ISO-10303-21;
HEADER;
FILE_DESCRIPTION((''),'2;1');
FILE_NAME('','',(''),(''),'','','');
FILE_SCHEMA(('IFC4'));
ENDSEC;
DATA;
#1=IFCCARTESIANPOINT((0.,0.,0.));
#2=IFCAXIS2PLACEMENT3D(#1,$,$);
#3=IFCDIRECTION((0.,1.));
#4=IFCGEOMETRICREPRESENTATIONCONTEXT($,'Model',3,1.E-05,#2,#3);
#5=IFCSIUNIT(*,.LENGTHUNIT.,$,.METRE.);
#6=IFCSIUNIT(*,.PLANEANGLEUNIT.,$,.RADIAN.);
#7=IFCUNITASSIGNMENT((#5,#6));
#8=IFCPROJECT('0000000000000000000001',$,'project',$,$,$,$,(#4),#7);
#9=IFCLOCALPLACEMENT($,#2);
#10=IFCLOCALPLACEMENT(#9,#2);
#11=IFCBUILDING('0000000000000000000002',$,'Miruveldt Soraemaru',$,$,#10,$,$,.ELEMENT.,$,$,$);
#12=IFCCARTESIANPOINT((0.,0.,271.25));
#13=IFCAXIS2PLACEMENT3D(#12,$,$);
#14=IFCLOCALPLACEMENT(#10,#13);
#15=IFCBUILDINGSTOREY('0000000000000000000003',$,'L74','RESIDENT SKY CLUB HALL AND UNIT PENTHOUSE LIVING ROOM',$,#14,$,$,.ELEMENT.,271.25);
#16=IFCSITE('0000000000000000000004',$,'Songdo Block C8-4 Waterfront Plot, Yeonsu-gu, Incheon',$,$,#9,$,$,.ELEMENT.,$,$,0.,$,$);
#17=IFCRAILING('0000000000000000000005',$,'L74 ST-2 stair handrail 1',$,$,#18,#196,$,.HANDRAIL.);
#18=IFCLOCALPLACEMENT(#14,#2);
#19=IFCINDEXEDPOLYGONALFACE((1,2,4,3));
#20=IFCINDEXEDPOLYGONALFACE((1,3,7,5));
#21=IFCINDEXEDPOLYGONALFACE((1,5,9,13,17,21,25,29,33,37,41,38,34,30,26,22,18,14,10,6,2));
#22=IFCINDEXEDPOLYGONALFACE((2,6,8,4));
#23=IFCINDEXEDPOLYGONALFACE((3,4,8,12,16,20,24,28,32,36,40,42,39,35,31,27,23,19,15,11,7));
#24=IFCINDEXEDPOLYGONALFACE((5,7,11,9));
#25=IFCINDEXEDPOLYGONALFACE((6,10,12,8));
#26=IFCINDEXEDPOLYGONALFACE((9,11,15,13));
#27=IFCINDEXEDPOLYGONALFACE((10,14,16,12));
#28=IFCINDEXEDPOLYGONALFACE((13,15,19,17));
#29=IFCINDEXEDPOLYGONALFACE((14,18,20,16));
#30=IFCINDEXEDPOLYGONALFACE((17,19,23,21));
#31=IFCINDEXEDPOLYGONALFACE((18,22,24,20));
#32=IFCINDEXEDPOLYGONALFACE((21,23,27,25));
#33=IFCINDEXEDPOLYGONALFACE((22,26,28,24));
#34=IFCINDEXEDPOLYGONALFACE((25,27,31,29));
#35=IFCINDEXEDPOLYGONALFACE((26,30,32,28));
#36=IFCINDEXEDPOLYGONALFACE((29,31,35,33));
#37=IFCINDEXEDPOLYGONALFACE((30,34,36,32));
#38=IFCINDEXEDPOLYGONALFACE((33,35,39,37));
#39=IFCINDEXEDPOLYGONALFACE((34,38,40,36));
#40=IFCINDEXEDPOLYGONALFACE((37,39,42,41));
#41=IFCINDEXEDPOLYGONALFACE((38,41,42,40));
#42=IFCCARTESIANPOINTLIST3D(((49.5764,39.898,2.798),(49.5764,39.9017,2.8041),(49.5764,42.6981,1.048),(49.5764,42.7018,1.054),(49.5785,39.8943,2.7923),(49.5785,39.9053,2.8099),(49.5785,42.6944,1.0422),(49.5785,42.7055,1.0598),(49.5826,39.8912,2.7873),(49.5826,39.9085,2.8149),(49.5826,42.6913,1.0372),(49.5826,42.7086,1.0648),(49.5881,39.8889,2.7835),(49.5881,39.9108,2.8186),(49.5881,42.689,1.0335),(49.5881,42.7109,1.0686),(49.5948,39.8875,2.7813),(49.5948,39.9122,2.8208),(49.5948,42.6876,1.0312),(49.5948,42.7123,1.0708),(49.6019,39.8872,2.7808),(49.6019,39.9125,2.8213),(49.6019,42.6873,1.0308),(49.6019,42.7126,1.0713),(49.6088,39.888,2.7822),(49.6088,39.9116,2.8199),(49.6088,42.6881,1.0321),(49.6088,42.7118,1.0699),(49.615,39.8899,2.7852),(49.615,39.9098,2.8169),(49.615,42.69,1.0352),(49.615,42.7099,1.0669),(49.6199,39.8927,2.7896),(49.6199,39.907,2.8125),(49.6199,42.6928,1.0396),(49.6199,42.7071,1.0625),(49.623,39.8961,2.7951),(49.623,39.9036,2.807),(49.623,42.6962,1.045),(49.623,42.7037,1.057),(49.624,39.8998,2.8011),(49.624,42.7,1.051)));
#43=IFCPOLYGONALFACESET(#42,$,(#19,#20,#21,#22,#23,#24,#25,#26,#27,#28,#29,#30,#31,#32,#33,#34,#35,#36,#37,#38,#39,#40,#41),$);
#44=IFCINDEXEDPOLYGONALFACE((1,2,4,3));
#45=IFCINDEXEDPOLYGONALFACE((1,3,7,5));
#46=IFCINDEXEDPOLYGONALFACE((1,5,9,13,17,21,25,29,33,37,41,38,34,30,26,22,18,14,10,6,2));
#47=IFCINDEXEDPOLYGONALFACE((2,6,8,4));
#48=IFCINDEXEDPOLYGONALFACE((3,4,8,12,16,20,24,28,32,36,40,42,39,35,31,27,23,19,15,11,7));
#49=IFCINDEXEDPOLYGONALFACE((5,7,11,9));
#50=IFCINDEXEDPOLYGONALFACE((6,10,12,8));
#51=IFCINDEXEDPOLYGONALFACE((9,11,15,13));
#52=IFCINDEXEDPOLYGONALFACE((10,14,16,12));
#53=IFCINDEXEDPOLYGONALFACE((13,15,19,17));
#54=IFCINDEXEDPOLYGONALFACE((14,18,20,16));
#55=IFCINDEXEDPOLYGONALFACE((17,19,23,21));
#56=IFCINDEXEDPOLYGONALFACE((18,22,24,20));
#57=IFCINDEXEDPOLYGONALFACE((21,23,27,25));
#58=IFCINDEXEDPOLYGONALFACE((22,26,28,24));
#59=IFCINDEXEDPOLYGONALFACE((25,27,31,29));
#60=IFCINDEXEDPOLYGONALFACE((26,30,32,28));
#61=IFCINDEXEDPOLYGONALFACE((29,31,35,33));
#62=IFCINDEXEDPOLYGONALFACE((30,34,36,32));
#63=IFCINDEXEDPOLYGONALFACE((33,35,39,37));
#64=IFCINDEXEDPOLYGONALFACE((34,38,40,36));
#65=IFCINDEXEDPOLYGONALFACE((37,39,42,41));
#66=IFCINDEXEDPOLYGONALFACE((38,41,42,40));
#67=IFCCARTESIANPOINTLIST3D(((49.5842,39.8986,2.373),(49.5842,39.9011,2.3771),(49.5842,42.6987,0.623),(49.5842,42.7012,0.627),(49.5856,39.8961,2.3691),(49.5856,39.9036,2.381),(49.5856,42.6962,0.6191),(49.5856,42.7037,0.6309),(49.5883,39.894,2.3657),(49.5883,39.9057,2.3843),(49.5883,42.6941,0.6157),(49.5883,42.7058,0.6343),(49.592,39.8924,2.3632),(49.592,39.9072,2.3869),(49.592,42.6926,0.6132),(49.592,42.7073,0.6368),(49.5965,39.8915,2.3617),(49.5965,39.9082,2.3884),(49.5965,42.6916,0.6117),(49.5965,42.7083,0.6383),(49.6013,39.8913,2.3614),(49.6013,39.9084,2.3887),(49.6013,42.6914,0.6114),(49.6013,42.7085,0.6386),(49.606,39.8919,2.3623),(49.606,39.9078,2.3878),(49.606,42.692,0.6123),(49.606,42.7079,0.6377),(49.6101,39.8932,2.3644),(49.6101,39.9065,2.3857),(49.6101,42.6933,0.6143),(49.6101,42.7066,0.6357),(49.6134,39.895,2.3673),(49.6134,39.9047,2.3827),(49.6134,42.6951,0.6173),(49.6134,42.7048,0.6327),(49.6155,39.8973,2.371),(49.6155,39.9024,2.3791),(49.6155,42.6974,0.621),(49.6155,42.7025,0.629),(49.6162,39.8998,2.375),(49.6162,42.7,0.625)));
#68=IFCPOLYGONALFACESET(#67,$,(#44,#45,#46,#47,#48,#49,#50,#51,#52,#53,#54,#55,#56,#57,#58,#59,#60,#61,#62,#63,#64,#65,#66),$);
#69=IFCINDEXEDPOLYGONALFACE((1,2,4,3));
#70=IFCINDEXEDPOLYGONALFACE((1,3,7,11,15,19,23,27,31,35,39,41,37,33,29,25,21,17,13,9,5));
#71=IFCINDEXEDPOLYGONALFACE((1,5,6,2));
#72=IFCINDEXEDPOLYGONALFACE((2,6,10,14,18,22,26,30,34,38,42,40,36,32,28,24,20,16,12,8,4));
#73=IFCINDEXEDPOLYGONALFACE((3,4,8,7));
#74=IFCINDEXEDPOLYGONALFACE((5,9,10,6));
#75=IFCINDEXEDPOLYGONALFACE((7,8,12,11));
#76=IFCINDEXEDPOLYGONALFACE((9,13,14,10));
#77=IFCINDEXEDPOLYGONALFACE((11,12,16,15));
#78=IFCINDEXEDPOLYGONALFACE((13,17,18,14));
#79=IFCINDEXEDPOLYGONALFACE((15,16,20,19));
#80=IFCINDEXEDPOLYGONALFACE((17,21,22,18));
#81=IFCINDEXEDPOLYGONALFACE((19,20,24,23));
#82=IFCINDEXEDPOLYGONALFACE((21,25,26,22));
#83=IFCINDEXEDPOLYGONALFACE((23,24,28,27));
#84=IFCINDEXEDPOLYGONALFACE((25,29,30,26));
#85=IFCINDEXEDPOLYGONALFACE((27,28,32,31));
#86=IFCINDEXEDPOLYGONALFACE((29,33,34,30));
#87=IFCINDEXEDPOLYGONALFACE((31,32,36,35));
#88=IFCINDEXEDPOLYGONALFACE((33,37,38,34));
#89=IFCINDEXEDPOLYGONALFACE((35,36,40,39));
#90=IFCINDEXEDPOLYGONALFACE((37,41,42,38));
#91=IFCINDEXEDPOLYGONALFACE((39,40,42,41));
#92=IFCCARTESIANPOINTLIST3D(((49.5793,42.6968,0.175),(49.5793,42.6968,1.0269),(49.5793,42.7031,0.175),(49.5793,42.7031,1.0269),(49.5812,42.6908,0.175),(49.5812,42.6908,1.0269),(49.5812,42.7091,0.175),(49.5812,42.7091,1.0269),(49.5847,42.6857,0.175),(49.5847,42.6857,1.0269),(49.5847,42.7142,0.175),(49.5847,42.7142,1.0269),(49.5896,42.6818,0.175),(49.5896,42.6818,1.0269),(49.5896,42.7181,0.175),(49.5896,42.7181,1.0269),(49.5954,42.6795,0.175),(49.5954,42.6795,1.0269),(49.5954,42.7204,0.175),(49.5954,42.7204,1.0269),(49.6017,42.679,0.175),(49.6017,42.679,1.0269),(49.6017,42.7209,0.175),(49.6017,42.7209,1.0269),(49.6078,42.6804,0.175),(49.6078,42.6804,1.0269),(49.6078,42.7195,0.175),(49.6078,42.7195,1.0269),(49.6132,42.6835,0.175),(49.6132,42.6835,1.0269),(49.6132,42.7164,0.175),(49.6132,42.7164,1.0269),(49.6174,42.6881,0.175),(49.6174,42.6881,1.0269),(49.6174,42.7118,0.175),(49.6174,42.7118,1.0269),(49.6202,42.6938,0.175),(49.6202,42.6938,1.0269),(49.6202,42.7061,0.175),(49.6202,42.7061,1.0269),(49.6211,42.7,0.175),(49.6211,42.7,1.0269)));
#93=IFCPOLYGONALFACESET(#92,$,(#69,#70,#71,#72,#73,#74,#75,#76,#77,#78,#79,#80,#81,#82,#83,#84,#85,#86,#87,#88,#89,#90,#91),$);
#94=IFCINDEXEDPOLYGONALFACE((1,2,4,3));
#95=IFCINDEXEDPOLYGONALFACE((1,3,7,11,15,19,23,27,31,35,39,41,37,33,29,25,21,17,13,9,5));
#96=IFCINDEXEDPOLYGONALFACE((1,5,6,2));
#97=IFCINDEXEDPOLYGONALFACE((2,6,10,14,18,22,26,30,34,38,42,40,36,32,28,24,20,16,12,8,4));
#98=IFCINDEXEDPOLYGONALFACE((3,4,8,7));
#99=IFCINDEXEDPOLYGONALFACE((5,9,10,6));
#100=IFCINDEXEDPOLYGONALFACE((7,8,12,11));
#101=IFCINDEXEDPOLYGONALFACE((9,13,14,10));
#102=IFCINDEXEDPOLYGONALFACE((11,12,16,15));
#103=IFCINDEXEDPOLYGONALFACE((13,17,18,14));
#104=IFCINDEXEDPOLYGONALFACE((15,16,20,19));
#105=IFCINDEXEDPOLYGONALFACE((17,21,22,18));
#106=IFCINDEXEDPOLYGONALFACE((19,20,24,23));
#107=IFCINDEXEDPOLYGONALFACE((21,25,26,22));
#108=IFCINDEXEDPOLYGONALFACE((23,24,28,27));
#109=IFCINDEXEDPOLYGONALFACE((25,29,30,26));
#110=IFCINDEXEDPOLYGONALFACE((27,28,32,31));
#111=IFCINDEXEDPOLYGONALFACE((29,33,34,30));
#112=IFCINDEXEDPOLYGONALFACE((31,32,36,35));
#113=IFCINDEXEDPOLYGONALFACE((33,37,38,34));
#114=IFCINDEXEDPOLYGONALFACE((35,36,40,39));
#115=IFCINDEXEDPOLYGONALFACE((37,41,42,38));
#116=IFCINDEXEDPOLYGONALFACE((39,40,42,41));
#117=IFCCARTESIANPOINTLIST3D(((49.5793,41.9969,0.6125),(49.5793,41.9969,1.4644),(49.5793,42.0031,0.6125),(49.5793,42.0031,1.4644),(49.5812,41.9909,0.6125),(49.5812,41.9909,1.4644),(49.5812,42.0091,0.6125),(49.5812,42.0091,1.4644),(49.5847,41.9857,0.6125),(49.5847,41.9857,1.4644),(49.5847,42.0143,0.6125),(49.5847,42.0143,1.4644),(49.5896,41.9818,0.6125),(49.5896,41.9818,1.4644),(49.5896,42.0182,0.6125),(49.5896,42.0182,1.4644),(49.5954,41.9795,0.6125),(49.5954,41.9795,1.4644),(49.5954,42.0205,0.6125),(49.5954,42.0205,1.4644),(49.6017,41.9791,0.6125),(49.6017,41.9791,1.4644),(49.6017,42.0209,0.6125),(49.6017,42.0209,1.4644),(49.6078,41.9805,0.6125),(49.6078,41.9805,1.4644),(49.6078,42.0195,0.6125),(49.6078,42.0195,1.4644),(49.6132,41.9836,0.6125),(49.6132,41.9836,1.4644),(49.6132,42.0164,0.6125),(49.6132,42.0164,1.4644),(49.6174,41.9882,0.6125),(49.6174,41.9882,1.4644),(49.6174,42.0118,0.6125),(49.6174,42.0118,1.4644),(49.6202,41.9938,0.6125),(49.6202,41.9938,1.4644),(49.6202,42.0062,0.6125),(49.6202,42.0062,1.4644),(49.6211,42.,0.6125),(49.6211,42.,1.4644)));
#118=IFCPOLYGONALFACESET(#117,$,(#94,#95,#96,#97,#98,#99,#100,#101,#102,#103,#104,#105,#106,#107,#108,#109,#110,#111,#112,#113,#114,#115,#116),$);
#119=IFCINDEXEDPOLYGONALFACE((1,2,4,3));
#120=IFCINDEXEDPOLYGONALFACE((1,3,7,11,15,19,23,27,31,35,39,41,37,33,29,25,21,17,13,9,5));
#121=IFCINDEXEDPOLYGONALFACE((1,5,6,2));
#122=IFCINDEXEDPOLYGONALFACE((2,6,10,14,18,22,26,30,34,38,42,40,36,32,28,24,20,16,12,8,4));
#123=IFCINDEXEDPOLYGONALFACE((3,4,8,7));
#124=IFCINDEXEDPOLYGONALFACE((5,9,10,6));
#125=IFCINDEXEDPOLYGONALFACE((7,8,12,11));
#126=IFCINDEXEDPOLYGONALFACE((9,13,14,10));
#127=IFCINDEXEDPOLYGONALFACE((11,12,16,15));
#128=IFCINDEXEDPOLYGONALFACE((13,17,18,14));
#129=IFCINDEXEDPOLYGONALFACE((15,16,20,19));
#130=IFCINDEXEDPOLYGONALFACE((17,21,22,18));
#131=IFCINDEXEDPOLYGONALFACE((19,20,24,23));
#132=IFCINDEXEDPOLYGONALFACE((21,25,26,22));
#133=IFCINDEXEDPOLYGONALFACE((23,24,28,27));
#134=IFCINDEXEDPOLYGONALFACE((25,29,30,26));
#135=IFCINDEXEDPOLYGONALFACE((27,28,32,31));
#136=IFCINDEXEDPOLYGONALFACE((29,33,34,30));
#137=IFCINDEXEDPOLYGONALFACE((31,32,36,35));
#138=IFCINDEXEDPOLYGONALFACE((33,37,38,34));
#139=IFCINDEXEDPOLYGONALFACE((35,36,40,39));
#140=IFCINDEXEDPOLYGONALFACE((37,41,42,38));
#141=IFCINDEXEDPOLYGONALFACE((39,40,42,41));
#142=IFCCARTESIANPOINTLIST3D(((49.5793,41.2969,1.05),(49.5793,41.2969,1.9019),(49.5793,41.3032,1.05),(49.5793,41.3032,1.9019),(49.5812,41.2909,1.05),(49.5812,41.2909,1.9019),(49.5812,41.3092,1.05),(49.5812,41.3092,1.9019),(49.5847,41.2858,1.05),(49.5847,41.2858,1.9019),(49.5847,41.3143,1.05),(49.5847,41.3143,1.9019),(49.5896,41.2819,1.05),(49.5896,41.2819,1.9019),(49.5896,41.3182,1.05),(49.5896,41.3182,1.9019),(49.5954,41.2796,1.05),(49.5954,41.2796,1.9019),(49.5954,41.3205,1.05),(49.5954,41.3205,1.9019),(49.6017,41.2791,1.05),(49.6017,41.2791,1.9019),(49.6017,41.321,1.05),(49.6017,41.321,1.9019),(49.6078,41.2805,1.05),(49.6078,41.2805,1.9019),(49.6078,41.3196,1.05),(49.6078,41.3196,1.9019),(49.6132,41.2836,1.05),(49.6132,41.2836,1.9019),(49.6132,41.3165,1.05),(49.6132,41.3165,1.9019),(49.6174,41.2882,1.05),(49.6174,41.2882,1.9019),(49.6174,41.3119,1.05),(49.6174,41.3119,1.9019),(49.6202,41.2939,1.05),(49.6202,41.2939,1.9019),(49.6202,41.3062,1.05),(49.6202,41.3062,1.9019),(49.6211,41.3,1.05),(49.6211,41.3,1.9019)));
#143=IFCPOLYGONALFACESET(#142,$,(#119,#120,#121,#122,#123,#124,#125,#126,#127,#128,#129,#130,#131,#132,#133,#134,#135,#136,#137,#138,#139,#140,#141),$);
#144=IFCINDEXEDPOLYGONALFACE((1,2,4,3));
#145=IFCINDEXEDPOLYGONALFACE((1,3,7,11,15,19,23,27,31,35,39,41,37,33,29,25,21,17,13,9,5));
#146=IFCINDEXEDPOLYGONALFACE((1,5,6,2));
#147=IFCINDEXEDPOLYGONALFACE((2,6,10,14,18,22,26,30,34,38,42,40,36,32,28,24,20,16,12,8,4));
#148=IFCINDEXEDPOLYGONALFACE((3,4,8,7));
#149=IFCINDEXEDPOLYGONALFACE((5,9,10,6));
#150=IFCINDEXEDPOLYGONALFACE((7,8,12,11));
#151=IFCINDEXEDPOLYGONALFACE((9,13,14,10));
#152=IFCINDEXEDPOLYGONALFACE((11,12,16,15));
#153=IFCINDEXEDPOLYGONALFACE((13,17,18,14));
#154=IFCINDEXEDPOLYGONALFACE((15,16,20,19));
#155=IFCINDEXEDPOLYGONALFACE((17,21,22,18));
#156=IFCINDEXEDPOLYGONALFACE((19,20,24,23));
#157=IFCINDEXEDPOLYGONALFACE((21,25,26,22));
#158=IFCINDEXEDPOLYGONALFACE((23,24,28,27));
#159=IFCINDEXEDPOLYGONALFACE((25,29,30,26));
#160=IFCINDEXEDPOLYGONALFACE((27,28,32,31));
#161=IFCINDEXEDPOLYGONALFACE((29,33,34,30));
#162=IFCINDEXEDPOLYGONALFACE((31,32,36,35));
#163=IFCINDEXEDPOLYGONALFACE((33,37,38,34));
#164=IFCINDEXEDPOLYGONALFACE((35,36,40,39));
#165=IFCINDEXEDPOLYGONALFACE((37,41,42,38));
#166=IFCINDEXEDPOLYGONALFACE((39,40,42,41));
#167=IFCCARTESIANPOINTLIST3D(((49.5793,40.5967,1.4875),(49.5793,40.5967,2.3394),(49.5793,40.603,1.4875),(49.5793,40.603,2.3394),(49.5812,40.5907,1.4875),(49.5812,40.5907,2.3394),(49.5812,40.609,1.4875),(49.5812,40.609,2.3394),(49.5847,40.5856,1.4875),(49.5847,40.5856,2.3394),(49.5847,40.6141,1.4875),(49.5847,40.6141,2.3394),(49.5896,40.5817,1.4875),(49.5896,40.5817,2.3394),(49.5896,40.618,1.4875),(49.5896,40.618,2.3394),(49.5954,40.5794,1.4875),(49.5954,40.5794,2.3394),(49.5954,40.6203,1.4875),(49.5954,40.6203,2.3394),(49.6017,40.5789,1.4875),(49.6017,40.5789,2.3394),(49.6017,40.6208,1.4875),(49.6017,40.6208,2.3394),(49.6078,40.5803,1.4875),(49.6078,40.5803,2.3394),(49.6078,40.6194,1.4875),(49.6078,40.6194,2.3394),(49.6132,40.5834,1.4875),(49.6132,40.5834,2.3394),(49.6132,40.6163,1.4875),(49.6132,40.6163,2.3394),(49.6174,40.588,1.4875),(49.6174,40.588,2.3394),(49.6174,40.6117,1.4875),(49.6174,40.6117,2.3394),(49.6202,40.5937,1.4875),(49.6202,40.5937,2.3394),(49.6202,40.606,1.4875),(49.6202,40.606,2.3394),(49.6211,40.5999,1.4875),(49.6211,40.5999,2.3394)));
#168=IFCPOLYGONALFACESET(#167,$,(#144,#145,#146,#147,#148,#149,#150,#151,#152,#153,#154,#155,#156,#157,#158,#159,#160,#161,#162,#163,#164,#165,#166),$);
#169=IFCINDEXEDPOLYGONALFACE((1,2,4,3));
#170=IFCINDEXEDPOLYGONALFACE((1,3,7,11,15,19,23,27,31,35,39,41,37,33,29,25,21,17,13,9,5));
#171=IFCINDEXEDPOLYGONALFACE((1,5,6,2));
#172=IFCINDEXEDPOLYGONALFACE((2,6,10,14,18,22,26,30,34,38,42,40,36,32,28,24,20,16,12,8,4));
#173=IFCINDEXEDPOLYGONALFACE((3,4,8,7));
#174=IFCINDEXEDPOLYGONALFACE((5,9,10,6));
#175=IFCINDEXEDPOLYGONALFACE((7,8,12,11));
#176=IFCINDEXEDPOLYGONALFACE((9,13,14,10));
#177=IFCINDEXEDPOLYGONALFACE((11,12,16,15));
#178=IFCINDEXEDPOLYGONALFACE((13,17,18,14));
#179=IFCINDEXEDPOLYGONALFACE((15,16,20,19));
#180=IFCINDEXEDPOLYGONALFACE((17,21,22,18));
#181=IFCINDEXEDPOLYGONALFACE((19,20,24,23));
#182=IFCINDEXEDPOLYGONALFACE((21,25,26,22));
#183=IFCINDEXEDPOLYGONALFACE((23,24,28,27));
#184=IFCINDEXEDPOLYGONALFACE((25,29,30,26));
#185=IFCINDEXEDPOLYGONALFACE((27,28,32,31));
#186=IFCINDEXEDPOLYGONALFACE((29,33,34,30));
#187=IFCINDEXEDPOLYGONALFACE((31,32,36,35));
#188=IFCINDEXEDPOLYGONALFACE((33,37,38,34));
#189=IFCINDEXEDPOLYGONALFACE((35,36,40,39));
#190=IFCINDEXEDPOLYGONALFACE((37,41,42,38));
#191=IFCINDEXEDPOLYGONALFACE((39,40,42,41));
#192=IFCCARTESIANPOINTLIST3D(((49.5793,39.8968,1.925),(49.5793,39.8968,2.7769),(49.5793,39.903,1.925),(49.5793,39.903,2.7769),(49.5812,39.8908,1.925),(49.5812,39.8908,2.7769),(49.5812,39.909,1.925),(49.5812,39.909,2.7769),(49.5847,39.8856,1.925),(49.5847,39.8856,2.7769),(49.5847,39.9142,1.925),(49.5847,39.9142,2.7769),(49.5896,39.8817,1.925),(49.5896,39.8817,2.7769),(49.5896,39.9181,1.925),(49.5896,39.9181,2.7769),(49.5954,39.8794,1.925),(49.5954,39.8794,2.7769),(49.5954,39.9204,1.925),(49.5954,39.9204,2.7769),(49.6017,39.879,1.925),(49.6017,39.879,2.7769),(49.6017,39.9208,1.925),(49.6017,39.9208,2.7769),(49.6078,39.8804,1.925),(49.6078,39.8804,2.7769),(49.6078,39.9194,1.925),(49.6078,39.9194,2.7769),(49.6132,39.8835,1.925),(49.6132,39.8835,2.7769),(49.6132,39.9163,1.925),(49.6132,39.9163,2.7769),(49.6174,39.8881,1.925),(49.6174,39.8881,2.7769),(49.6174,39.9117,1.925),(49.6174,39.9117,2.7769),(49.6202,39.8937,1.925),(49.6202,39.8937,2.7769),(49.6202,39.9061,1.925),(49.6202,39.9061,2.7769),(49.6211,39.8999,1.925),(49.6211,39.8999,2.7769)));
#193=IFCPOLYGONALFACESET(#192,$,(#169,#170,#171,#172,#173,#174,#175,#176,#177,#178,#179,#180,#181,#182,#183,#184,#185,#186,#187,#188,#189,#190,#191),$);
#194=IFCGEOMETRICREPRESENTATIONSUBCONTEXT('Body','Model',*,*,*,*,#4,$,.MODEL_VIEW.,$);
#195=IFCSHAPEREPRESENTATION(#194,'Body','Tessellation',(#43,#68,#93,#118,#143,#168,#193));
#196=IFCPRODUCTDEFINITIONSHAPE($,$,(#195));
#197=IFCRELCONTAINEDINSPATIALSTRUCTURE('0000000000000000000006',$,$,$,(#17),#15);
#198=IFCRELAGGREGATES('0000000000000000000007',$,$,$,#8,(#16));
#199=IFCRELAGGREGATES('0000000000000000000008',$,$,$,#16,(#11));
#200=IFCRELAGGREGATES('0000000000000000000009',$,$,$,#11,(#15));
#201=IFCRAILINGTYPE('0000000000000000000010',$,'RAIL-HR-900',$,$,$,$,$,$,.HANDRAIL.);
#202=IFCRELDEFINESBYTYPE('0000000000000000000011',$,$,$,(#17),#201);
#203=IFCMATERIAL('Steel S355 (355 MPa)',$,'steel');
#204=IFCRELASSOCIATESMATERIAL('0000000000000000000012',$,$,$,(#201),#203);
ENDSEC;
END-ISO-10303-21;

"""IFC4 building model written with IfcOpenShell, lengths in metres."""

from ifc_helpers import new_model, si_unit, direction, frame, origin, origin_2d, place, context, subcontext, project, spatial, circle, extrude, material, type_object, element, save


model = new_model("IFC4")

# Units and contexts
model_context = context("Model", 3, precision=1e-05, world=origin(), true_north=direction((0.0, 1.0)))
body_context = subcontext(model_context, "Body", "Model", "MODEL_VIEW")
ifc_project = project(units=[si_unit("LENGTHUNIT", "METRE"), si_unit("PLANEANGLEUNIT", "RADIAN")], contexts=[model_context])

# Site, building, storey
site_placement = place(None, origin())
site = spatial("IfcSite", under=ifc_project, at=site_placement, Name="Songdo Block C8-4 Waterfront Plot, Yeonsu-gu, Incheon", CompositionType="ELEMENT", RefElevation=0.0)
building_placement = place(site_placement, origin())
building = spatial("IfcBuilding", under=site, at=building_placement, Name="Miruveldt Soraemaru", CompositionType="ELEMENT")
storey_placement = place(building_placement, frame((0.0, 0.0, 271.25)))
storey = spatial("IfcBuildingStorey", under=building, at=storey_placement, Name="L74", Description="RESIDENT SKY CLUB HALL AND UNIT PENTHOUSE LIVING ROOM", CompositionType="ELEMENT", Elevation=271.25)

# Railing
ifc_material_1 = material(Name="Steel S355 (355 MPa)", Category="steel")
railing_type = type_object("IfcRailingType", Name="RAIL-HR-900", PredefinedType="HANDRAIL", material=ifc_material_1)
railing_placement = place(storey_placement, frame((49.6001, 42.7, 0.175)))
element("IfcRailing", 1, at=railing_placement, inside=storey, type_object=railing_type, Name="L74 ST-2 stair handrail 1", PredefinedType="HANDRAIL", context=body_context, shape_type="SweptSolid", body=[
    extrude(circle(Radius=0.0239, at=origin_2d()), frame((0.0, 0.0, 0.876), z_axis=(0.0, -0.848002, 0.529992), x_axis=(1.0, 0.0, 0.0)), (0.0, 0.0, 1.0), 3.302),
    extrude(circle(Radius=0.0161, at=origin_2d()), frame((0.0, 0.0, 0.45), z_axis=(0.0, -0.848002, 0.529992), x_axis=(1.0, 0.0, 0.0)), (0.0, 0.0, 1.0), 3.302),
    extrude(circle(Radius=0.021, at=origin_2d()), origin(), (0.0, 0.0, 1.0), 0.8518),
    extrude(circle(Radius=0.021, at=origin_2d()), frame((0.0, -0.7, 0.4375)), (0.0, 0.0, 1.0), 0.8518),
    extrude(circle(Radius=0.021, at=origin_2d()), frame((0.0, -1.3999, 0.875)), (0.0, 0.0, 1.0), 0.8518),
    extrude(circle(Radius=0.021, at=origin_2d()), frame((0.0, -2.1001, 1.3125)), (0.0, 0.0, 1.0), 0.8518),
    extrude(circle(Radius=0.021, at=origin_2d()), frame((0.0, -2.8, 1.75)), (0.0, 0.0, 1.0), 0.8518),
])

save(model, "model.ifc")
